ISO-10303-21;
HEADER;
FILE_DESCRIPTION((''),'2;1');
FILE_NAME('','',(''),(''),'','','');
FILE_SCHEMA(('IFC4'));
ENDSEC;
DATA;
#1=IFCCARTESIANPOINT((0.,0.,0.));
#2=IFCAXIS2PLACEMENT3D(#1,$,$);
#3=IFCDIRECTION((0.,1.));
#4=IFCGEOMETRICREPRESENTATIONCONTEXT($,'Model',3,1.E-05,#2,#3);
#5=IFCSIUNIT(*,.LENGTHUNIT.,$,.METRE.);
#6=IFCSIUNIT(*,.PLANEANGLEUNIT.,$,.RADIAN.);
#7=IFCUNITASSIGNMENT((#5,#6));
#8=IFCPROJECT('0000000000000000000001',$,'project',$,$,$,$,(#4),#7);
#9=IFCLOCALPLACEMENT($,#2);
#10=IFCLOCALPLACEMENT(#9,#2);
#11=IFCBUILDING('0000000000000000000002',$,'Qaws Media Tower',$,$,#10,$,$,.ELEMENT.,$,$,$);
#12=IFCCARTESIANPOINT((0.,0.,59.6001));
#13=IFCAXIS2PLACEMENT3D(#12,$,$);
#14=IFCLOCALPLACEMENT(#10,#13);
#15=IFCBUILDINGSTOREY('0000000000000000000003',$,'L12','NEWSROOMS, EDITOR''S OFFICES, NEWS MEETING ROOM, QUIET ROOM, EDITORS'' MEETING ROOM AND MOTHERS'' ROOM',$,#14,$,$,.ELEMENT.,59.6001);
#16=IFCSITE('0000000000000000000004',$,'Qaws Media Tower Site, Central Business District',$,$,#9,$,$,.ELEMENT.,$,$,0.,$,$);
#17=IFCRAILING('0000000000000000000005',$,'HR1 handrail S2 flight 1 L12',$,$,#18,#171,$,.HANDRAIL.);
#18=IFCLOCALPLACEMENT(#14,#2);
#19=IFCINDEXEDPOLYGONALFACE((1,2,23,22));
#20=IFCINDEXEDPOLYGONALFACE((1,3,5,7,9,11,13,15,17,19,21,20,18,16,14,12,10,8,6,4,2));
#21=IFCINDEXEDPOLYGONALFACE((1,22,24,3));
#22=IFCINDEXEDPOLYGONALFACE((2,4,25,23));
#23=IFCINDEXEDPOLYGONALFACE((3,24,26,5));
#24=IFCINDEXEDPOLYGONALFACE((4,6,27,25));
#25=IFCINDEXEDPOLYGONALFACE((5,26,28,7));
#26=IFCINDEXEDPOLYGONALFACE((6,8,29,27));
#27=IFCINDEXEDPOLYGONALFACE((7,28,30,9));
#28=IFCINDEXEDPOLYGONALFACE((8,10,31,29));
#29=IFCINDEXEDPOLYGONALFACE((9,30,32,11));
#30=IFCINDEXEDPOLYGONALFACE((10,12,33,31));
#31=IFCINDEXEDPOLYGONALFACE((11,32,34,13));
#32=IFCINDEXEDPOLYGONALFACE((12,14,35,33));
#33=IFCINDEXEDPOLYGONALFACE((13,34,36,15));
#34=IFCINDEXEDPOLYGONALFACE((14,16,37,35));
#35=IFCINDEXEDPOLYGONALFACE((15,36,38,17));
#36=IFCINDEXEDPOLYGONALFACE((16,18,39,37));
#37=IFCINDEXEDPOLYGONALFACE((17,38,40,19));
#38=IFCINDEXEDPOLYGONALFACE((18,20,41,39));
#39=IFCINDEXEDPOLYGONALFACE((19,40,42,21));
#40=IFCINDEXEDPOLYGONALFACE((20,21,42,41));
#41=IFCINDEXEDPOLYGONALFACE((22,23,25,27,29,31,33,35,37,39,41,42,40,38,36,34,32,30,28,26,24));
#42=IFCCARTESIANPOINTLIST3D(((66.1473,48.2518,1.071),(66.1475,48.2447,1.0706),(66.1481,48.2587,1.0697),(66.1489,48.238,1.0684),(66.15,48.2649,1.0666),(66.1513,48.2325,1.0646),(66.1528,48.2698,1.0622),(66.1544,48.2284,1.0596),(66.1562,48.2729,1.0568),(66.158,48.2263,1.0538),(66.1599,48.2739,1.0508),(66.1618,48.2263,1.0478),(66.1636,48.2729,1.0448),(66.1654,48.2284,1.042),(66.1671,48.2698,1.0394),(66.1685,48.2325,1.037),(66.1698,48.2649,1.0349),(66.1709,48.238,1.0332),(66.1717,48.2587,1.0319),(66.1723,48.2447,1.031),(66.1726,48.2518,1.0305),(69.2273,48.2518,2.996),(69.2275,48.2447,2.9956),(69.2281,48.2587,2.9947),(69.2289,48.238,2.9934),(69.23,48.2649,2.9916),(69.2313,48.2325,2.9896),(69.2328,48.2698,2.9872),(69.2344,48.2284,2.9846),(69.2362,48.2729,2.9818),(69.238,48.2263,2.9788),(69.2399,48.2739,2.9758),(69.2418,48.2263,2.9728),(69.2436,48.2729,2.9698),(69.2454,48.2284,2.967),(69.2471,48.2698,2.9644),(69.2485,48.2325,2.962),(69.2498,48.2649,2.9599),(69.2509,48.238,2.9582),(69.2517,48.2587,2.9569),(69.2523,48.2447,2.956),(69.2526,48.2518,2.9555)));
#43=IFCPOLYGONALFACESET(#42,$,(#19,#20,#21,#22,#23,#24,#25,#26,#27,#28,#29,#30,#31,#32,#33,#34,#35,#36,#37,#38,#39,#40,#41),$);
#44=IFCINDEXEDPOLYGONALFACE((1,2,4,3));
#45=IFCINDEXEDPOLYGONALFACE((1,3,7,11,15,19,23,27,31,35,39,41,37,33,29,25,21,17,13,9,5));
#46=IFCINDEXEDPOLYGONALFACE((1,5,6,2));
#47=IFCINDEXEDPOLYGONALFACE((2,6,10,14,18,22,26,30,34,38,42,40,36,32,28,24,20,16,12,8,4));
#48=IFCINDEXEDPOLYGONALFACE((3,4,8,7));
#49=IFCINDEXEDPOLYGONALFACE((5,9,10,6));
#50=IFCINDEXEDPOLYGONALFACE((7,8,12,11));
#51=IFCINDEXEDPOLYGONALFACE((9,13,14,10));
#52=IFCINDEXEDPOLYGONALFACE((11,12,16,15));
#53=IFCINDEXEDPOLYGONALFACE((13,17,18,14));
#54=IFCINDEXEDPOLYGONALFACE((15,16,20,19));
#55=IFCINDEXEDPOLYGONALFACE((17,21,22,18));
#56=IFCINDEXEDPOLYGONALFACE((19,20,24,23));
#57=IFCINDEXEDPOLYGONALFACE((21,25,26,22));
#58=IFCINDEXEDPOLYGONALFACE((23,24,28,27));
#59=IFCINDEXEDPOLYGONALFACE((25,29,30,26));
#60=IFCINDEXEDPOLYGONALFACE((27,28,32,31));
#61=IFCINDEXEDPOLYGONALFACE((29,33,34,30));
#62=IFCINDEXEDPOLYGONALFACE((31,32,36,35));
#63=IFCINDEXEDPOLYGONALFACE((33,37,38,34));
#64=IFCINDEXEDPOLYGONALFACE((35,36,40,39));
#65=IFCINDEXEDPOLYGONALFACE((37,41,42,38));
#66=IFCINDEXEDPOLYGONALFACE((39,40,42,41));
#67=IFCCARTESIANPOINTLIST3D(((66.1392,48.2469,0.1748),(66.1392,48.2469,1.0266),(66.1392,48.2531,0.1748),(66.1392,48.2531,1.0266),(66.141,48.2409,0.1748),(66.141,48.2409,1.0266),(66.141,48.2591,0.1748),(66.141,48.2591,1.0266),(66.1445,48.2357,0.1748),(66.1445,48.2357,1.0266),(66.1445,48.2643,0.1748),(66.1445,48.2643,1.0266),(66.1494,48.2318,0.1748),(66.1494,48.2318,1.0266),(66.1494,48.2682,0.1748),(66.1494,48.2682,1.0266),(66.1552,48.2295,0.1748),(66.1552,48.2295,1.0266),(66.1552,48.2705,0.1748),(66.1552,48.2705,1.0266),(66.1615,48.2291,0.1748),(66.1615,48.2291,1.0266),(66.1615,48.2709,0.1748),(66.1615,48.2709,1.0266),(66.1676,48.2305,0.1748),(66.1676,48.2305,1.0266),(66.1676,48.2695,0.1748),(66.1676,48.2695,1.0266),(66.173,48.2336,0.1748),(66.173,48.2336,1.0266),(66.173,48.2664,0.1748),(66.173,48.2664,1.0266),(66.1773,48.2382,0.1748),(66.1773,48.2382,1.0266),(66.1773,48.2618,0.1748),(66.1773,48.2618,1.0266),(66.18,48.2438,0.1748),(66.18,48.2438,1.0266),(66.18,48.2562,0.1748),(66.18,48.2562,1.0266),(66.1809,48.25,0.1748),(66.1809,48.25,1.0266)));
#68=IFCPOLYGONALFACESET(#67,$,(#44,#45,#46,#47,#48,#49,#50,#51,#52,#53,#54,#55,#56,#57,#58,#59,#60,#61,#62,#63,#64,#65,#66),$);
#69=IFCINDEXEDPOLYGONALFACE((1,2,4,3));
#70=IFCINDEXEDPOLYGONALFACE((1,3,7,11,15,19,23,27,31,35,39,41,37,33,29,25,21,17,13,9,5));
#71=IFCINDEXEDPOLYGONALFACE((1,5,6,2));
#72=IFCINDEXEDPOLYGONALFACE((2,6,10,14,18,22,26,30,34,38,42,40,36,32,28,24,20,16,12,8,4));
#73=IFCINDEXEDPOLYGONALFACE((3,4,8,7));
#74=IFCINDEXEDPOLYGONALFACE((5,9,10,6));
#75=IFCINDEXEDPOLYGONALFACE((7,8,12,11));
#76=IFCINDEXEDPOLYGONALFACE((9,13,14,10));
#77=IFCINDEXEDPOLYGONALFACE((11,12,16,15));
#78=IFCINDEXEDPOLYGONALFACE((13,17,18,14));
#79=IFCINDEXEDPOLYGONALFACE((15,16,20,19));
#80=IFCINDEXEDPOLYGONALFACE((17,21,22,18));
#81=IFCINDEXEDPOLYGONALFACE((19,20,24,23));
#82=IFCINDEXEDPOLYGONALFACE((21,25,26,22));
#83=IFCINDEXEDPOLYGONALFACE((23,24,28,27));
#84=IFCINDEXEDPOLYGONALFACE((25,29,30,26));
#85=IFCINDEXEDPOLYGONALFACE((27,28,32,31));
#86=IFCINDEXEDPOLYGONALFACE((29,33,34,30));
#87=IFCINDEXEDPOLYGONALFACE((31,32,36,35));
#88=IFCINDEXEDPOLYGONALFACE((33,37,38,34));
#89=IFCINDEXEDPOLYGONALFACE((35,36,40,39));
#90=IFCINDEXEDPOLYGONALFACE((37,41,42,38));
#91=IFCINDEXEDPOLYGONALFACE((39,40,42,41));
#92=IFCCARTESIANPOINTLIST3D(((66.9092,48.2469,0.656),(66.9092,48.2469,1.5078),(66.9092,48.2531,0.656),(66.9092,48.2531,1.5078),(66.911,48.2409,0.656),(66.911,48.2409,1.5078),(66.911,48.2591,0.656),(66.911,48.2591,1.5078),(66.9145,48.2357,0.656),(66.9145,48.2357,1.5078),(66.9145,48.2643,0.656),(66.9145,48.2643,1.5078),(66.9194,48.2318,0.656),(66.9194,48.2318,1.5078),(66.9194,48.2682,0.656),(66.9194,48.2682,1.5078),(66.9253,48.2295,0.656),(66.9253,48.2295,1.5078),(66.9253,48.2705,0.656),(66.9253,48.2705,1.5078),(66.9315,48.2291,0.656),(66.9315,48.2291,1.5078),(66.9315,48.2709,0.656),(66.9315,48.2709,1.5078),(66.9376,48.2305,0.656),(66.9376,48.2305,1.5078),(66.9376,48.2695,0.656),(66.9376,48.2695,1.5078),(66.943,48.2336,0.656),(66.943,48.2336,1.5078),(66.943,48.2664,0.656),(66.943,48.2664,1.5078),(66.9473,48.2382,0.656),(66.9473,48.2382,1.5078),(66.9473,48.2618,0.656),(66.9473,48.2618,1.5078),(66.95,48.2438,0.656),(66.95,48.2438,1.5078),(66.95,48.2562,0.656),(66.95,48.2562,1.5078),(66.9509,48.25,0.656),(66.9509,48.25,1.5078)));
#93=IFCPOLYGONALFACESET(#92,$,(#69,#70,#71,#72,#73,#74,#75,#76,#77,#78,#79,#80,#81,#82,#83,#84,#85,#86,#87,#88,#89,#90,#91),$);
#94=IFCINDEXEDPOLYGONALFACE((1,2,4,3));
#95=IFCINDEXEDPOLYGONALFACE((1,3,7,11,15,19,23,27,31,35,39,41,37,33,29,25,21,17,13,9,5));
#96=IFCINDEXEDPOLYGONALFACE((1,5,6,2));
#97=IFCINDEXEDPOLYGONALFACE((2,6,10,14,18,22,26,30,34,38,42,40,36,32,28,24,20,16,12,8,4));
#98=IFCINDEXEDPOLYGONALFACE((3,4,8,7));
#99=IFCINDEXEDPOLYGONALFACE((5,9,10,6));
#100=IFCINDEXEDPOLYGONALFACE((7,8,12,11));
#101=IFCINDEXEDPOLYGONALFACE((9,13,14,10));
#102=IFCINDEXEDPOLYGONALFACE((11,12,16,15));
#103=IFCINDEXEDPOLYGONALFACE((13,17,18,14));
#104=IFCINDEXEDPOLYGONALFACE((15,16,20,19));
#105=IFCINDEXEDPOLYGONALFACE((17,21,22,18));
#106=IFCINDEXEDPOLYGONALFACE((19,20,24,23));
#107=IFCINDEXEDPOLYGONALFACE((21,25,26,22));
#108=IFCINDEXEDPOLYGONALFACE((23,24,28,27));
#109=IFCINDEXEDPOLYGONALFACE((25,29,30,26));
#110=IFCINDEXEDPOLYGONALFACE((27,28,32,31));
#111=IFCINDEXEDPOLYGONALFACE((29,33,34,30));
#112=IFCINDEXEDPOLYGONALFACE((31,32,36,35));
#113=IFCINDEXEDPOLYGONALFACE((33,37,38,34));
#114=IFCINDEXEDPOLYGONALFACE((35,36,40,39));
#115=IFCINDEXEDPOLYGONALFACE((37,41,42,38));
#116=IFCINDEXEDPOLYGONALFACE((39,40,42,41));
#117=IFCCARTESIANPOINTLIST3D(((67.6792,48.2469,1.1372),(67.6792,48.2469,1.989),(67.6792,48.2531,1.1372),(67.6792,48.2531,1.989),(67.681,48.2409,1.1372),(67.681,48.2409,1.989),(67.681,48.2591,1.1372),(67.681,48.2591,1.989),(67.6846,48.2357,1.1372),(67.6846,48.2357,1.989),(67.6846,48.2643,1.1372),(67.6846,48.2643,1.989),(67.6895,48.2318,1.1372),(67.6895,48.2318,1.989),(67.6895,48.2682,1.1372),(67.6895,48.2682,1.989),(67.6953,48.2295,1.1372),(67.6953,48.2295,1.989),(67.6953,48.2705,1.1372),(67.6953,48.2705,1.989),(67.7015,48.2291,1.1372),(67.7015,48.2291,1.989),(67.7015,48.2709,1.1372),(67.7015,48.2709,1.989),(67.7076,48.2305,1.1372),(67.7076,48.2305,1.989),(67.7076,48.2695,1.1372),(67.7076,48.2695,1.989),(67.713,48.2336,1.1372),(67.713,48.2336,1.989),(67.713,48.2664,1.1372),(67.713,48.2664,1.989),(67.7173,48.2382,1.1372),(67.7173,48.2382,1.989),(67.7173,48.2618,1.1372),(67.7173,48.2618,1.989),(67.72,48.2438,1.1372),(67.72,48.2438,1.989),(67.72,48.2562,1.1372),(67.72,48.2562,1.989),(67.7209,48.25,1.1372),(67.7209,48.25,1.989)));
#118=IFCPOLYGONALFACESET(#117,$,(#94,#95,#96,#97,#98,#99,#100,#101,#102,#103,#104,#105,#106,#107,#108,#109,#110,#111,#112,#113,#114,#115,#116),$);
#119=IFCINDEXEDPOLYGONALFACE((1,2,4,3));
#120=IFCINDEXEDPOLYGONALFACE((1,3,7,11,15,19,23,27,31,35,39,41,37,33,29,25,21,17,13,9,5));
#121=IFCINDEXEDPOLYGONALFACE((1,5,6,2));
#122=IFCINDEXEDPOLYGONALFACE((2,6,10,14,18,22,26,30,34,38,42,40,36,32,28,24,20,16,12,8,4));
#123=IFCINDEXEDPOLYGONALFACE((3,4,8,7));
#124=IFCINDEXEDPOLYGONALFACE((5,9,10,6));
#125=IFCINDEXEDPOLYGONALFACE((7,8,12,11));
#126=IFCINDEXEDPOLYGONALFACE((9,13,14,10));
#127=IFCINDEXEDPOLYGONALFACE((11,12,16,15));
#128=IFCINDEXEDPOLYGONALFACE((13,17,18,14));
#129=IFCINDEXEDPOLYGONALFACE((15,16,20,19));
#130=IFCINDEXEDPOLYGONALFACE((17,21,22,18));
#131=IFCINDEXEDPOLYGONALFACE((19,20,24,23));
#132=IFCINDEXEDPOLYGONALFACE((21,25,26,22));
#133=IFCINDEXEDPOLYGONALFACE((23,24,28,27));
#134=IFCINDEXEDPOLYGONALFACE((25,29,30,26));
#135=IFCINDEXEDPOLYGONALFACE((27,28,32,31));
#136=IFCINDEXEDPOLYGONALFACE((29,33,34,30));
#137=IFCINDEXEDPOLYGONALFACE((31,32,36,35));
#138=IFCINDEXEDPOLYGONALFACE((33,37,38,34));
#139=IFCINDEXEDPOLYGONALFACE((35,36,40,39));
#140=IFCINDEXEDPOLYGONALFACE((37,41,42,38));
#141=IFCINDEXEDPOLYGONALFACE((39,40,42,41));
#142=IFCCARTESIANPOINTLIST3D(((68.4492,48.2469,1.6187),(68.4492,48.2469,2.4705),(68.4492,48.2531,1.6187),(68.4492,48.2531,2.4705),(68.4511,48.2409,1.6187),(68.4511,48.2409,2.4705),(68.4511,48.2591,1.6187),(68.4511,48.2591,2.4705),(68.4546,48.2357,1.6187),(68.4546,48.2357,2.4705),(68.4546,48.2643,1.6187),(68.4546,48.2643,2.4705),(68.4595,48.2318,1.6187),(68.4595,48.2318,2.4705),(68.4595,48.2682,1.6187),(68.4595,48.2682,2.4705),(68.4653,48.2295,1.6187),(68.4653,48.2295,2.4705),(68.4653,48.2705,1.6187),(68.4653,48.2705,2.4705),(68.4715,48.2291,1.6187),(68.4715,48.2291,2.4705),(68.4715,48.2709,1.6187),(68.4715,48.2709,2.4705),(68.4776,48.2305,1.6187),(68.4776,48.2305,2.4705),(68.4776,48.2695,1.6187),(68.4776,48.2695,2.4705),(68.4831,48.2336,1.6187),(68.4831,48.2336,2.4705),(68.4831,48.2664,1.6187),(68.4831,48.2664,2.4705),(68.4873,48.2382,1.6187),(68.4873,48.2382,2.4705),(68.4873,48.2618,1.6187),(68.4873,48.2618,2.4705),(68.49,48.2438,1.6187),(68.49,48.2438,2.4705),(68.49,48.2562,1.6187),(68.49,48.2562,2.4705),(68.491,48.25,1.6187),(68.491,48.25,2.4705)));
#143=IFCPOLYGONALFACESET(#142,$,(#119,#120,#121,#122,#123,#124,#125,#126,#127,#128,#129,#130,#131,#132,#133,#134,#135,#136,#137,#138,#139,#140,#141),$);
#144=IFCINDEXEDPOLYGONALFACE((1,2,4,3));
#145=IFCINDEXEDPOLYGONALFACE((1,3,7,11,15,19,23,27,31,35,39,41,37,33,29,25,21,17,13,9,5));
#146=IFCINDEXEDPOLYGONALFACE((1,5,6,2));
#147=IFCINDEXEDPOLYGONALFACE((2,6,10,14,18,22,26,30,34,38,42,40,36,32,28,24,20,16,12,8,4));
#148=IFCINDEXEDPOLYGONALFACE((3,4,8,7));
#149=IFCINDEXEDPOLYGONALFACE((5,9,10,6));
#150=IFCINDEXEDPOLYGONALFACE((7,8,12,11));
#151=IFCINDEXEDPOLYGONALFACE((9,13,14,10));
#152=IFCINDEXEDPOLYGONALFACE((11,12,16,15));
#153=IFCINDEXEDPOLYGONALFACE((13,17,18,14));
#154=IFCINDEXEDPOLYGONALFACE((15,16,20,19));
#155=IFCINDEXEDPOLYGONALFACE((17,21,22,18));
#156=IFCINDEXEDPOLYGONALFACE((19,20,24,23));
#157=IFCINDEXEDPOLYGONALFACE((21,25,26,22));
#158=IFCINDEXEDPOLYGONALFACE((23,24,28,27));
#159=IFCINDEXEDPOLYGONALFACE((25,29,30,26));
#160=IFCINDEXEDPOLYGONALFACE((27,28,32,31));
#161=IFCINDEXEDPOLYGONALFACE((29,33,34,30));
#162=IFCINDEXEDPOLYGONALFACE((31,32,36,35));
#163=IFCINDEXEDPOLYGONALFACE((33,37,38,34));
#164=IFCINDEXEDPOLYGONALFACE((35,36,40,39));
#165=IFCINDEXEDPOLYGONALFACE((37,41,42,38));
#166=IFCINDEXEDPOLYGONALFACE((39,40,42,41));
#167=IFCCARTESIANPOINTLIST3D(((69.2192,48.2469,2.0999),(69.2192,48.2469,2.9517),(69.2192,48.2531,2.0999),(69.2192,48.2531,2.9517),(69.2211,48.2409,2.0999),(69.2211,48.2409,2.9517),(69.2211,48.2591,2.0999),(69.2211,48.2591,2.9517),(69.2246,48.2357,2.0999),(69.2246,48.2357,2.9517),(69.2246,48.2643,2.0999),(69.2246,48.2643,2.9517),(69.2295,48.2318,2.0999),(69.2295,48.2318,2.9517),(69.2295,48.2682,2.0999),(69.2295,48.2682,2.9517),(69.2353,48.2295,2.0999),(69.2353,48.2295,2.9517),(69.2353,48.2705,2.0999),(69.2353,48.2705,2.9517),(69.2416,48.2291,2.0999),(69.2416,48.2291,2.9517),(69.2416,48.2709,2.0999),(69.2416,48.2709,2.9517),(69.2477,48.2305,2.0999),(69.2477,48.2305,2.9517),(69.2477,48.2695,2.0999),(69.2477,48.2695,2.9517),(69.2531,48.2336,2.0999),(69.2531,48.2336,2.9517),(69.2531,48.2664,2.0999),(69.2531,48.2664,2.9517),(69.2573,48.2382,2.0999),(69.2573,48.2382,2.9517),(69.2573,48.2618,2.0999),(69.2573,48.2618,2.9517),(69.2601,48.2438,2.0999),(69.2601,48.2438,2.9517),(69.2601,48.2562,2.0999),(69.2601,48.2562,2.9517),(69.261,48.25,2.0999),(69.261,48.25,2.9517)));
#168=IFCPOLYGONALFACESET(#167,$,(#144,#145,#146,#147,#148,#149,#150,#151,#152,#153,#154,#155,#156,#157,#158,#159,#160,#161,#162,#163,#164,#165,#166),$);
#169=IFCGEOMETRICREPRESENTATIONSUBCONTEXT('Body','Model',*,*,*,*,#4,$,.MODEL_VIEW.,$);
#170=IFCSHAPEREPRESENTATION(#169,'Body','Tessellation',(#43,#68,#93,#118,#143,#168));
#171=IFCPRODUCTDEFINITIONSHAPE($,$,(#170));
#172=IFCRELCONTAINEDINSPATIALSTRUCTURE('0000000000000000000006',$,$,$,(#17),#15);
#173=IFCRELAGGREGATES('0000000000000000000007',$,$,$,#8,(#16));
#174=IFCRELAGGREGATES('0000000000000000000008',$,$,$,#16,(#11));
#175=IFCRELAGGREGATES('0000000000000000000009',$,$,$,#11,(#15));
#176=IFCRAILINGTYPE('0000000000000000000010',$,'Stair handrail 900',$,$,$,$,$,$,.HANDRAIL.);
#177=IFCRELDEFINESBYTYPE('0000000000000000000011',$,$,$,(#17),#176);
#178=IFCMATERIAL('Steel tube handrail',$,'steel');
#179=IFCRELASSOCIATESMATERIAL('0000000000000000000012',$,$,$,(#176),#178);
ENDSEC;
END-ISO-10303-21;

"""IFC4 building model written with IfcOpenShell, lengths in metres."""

from ifc_helpers import new_model, si_unit, direction, frame, origin, origin_2d, place, context, subcontext, project, spatial, circle, extrude, material, type_object, element, save


model = new_model("IFC4")

# Units and contexts
model_context = context("Model", 3, precision=1e-05, world=origin(), true_north=direction((0.0, 1.0)))
body_context = subcontext(model_context, "Body", "Model", "MODEL_VIEW")
ifc_project = project(units=[si_unit("LENGTHUNIT", "METRE"), si_unit("PLANEANGLEUNIT", "RADIAN")], contexts=[model_context])

# Site, building, storey
site_placement = place(None, origin())
site = spatial("IfcSite", under=ifc_project, at=site_placement, Name="Qaws Media Tower Site, Central Business District", CompositionType="ELEMENT", RefElevation=0.0)
building_placement = place(site_placement, origin())
building = spatial("IfcBuilding", under=site, at=building_placement, Name="Qaws Media Tower", CompositionType="ELEMENT")
storey_placement = place(building_placement, frame((0.0, 0.0, 59.6001)))
storey = spatial("IfcBuildingStorey", under=building, at=storey_placement, Name="L12", Description="NEWSROOMS, EDITOR'S OFFICES, NEWS MEETING ROOM, QUIET ROOM, EDITORS' MEETING ROOM AND MOTHERS' ROOM", CompositionType="ELEMENT", Elevation=59.6001)

# Railing
ifc_material_1 = material(Name="Steel tube handrail", Category="steel")
railing_type = type_object("IfcRailingType", Name="Stair handrail 900", PredefinedType="HANDRAIL", material=ifc_material_1)
railing_placement = place(storey_placement, frame((66.1599, 48.25, 0.1748)))
element("IfcRailing", 1, at=railing_placement, inside=storey, type_object=railing_type, Name="HR1 handrail S2 flight 1 L12", PredefinedType="HANDRAIL", context=body_context, shape_type="SweptSolid", body=[
    extrude(circle(Radius=0.0239, at=origin_2d()), frame((0.0, 0.0, 0.876), z_axis=(0.847998, 0.0, 0.529999), x_axis=(0.0, 1.0, 0.0)), (0.0, 0.0, 1.0), 3.6321),
    extrude(circle(Radius=0.021, at=origin_2d()), origin(), (0.0, 0.0, 1.0), 0.8518),
    extrude(circle(Radius=0.021, at=origin_2d()), frame((0.77, 0.0, 0.4812)), (0.0, 0.0, 1.0), 0.8518),
    extrude(circle(Radius=0.021, at=origin_2d()), frame((1.54, 0.0, 0.9624)), (0.0, 0.0, 1.0), 0.8518),
    extrude(circle(Radius=0.021, at=origin_2d()), frame((2.3101, 0.0, 1.4438)), (0.0, 0.0, 1.0), 0.8518),
    extrude(circle(Radius=0.021, at=origin_2d()), frame((3.0801, 0.0, 1.925)), (0.0, 0.0, 1.0), 0.8518),
])

save(model, "model.ifc")
